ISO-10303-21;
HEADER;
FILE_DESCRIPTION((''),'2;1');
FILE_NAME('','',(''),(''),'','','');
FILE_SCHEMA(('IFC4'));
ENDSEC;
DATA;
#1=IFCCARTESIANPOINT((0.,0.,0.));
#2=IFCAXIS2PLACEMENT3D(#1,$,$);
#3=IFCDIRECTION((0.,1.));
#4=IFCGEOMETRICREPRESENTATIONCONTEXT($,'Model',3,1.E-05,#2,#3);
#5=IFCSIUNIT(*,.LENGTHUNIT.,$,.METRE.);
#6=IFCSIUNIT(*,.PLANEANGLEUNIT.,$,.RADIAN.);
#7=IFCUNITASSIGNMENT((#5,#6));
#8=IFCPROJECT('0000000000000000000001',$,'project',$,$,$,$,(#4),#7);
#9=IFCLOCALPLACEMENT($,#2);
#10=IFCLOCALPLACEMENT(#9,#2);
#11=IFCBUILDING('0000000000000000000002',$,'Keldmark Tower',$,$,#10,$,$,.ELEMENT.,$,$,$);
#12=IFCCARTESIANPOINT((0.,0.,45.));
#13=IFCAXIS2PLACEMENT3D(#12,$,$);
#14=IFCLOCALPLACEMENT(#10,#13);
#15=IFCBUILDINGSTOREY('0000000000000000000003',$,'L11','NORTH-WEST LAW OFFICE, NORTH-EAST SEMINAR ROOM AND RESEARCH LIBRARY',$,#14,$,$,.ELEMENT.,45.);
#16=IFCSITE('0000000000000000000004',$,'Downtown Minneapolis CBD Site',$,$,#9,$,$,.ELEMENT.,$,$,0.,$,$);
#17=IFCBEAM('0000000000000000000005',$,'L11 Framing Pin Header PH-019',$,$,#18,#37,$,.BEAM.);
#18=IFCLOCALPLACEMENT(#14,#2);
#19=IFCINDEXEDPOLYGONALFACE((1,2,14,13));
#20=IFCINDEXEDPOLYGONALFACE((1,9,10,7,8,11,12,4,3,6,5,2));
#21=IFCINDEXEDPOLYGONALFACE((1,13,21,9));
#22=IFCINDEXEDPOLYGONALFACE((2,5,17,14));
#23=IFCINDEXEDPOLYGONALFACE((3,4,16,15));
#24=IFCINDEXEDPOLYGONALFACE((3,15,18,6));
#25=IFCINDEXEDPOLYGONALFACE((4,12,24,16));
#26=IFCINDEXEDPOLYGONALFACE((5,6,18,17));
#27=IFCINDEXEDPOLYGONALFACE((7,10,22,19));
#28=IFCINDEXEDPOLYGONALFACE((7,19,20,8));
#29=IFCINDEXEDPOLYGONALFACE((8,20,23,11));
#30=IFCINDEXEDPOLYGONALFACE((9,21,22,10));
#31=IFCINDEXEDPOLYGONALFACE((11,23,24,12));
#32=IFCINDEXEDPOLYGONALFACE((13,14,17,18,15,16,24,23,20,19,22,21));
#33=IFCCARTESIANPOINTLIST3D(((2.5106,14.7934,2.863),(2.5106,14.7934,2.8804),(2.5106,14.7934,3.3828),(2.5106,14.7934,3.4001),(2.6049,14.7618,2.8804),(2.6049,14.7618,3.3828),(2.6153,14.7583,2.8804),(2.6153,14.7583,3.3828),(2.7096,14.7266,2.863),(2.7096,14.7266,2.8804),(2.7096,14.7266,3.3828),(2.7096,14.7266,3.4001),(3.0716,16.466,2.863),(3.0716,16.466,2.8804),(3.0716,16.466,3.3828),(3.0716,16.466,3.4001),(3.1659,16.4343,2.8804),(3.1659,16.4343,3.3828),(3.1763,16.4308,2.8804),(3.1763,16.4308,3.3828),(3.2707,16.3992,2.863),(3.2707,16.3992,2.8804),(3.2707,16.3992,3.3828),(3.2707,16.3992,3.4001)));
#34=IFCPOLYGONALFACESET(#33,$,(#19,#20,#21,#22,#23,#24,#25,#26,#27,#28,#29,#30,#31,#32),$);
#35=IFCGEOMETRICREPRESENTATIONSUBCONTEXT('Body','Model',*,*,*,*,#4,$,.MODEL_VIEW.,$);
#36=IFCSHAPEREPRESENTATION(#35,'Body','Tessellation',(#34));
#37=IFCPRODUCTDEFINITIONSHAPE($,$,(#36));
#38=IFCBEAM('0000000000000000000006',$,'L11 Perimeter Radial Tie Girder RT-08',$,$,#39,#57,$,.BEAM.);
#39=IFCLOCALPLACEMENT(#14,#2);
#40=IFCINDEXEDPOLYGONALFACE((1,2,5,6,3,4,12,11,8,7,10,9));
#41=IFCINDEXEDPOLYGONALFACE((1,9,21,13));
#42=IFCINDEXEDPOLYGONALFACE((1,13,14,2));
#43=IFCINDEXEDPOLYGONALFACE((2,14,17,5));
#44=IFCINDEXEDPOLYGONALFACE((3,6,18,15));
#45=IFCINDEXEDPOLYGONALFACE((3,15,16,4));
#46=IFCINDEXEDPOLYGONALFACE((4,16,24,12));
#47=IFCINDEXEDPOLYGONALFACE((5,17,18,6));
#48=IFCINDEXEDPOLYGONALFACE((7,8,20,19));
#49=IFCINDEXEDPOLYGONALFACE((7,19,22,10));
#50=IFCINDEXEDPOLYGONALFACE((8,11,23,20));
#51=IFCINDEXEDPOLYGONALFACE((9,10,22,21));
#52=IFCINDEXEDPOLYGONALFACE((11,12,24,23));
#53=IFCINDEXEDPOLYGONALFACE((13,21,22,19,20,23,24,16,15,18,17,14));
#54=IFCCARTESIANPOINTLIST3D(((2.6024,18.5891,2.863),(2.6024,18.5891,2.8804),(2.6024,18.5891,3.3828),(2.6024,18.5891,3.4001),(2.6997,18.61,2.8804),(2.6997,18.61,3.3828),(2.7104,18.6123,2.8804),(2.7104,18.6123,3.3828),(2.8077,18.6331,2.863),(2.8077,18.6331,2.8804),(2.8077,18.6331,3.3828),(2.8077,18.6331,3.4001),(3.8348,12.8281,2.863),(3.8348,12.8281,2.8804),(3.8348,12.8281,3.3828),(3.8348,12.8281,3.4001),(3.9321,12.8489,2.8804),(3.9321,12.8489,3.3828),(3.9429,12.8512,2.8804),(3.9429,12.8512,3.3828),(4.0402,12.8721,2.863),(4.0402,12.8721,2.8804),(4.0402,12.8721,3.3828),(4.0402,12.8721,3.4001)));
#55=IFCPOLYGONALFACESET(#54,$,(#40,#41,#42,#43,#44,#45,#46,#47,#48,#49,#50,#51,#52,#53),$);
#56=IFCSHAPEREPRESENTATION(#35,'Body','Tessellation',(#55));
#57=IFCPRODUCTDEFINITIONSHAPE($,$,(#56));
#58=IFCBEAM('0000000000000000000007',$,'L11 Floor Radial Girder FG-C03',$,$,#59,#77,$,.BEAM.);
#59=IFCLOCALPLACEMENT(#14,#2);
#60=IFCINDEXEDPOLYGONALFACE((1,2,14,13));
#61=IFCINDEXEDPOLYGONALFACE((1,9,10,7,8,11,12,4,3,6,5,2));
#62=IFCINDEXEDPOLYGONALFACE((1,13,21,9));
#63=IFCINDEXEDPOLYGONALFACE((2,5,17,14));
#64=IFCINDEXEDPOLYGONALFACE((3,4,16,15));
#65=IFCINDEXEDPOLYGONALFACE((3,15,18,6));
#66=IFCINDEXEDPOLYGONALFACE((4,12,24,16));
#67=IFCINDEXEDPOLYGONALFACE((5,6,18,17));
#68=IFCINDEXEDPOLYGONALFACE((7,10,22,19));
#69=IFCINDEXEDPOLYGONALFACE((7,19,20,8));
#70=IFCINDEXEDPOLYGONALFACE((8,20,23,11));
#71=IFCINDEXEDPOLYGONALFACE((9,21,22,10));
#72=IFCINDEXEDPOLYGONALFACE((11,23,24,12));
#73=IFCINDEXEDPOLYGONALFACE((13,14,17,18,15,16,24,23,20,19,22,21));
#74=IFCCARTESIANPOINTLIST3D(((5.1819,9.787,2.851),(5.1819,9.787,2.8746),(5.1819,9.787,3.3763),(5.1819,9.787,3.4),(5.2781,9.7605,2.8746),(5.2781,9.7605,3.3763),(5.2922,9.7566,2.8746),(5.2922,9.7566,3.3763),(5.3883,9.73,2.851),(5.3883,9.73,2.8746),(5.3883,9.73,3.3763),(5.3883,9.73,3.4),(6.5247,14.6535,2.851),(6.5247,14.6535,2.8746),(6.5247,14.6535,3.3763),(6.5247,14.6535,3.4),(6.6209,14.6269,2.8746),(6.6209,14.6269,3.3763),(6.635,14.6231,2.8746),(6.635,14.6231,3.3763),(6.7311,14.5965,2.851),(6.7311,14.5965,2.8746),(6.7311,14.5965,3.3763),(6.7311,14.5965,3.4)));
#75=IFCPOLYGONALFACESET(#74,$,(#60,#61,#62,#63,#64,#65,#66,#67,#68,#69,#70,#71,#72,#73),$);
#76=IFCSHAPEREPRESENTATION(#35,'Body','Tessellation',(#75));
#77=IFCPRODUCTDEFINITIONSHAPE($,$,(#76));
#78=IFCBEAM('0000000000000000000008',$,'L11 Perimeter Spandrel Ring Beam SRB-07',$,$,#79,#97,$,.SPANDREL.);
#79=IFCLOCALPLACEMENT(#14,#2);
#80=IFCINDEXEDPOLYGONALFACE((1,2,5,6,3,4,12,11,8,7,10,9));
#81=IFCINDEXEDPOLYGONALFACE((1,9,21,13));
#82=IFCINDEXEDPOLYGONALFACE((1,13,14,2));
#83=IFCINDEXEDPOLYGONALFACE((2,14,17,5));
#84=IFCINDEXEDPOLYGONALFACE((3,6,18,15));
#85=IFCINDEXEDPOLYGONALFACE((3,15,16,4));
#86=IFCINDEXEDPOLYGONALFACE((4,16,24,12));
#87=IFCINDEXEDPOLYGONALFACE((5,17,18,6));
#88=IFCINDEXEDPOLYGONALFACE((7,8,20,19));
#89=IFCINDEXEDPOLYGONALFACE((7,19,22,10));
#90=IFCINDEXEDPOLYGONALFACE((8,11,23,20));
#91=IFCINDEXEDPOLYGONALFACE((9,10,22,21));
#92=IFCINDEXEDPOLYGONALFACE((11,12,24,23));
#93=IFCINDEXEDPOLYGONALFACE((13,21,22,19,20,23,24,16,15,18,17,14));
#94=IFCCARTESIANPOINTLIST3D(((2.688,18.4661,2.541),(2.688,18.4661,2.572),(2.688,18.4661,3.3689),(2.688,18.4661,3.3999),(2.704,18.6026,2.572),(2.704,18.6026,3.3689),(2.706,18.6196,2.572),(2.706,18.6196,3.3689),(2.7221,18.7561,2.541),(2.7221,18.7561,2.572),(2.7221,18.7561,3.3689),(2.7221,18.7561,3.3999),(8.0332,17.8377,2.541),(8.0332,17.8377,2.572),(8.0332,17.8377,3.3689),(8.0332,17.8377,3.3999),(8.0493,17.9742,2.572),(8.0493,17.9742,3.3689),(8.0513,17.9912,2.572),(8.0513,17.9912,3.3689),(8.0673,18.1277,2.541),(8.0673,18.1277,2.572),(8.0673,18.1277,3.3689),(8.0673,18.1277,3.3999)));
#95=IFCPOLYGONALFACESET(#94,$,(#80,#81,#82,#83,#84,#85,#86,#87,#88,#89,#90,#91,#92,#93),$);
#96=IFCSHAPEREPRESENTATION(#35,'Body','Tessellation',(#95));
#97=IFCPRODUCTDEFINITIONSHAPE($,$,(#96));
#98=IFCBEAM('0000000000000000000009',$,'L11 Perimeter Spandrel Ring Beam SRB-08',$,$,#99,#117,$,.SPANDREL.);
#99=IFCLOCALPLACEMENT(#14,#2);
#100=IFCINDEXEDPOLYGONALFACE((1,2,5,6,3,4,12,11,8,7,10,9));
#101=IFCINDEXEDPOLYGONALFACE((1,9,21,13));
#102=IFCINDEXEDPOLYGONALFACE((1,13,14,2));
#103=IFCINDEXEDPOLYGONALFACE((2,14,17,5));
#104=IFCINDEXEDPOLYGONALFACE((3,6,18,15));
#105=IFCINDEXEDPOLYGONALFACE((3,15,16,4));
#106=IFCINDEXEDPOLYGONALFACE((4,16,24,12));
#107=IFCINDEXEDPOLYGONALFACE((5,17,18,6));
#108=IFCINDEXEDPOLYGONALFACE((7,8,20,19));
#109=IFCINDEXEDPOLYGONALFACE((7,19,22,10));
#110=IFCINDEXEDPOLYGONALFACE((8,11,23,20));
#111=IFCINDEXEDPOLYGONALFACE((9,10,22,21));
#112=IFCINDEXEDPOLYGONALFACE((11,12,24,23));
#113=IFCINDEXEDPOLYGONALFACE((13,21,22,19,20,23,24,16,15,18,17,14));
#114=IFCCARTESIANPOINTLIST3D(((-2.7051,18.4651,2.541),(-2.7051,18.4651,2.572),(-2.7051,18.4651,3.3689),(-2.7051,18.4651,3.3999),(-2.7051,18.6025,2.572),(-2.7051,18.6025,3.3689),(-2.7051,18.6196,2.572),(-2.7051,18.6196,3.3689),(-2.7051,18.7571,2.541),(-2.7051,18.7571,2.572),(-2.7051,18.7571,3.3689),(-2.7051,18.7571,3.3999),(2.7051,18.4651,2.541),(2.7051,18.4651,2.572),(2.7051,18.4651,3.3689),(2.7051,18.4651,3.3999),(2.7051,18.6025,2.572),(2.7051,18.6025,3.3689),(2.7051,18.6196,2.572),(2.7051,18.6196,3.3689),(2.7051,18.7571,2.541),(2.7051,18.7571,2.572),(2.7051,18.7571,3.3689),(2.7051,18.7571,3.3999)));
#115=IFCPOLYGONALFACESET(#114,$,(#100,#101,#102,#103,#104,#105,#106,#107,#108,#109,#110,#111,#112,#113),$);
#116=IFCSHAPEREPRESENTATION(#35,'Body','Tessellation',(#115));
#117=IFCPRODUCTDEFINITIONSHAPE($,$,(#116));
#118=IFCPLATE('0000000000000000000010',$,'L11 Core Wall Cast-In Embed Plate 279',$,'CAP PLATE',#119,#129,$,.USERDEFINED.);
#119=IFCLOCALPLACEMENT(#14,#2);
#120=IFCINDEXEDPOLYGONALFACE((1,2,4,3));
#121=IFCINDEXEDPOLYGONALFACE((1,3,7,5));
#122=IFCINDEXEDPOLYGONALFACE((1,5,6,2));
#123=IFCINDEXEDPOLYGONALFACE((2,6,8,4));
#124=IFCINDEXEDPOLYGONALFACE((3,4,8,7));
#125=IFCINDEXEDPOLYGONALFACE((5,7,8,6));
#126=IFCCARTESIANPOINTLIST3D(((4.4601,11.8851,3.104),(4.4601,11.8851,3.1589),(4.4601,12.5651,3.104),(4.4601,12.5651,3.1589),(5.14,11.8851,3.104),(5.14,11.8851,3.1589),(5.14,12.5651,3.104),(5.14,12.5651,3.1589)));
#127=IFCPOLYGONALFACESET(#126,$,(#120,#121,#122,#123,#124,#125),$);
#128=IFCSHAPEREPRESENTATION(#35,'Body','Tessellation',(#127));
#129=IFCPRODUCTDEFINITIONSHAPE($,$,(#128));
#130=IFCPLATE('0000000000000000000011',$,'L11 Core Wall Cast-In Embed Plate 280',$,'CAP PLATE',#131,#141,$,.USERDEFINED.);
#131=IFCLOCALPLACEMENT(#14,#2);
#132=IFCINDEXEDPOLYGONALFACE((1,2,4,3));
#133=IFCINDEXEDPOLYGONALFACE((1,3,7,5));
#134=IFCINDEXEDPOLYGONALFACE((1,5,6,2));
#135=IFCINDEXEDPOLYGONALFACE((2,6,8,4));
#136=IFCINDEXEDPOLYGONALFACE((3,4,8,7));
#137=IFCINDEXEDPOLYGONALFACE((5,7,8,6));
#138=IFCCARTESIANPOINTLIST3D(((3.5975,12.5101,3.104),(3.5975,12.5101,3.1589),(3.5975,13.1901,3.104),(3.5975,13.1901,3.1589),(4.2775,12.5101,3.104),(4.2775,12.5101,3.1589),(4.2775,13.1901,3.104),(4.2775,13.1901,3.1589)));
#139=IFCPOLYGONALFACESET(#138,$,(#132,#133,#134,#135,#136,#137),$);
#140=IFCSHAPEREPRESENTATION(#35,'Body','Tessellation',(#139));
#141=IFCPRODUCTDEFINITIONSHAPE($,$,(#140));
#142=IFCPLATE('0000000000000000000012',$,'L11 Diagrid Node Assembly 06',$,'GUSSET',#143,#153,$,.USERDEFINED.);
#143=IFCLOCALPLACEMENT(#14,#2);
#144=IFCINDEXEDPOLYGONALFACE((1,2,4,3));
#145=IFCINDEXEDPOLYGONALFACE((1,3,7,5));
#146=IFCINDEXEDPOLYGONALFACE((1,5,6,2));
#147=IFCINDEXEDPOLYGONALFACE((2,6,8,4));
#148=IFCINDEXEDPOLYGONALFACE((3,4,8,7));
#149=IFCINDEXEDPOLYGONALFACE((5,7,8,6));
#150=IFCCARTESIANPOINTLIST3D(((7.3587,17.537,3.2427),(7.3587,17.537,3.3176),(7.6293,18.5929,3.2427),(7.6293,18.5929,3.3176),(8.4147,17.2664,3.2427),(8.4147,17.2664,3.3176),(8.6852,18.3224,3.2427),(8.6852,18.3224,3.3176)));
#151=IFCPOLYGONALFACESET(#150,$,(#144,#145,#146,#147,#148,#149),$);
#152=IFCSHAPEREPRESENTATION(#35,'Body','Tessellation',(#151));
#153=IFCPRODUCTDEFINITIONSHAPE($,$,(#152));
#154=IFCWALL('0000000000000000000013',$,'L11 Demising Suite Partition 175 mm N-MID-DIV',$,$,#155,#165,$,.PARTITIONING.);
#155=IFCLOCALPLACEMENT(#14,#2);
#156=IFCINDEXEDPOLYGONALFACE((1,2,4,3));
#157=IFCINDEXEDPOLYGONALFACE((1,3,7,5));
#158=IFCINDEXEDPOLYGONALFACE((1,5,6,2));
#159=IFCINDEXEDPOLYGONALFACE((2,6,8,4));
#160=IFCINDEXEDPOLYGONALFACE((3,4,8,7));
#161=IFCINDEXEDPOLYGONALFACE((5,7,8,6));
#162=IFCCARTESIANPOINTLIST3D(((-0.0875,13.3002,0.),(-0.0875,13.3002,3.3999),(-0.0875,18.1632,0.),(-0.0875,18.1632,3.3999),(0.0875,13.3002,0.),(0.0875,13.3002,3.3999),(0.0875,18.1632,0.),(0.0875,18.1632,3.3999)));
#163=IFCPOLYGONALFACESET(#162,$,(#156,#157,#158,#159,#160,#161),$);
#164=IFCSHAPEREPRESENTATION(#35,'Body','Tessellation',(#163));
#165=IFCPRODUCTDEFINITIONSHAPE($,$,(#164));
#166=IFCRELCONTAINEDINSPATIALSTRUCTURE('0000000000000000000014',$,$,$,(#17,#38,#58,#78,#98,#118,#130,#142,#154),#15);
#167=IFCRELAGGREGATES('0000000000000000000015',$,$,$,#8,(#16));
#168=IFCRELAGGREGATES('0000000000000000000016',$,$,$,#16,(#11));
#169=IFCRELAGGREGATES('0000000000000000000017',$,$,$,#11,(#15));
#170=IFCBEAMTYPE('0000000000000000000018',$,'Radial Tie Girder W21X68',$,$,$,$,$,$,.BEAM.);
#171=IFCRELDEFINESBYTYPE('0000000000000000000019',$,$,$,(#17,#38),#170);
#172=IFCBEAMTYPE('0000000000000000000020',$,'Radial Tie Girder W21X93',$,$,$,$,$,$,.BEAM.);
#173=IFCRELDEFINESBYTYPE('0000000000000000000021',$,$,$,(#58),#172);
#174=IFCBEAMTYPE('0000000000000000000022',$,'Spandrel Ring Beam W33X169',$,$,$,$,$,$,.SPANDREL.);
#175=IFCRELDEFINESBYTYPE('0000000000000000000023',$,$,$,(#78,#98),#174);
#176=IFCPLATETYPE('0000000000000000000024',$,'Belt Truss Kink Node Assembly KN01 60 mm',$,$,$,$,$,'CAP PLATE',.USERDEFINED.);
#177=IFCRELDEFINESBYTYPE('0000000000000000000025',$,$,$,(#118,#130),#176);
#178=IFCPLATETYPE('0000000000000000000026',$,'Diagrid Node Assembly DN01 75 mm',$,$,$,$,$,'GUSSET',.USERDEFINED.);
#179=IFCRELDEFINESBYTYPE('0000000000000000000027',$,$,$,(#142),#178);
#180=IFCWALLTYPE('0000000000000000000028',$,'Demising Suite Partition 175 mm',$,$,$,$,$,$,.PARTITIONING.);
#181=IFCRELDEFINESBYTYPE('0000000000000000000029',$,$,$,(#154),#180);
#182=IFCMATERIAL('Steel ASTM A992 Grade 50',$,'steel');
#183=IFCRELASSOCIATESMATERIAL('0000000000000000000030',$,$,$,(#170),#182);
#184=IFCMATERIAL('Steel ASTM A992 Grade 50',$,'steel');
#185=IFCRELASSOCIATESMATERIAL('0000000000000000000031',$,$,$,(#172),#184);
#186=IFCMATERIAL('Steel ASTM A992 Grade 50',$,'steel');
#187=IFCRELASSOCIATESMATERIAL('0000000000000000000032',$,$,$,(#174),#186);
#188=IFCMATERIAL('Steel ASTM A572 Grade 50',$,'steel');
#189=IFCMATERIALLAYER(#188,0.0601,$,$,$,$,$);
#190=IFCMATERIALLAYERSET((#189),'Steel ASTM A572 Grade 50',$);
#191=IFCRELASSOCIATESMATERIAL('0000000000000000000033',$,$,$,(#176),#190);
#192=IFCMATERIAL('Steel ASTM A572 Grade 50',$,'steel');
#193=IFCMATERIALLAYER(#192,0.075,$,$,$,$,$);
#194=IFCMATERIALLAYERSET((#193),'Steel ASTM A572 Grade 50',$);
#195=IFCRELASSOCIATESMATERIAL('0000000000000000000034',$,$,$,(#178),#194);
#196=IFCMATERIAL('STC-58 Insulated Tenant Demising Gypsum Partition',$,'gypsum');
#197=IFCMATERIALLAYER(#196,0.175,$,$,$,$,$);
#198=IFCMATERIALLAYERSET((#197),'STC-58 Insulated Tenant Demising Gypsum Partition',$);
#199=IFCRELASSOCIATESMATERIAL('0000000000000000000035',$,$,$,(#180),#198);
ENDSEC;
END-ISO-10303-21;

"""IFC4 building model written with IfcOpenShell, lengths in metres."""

from ifc_helpers import new_model, si_unit, direction, frame, frame_2d, origin, origin_2d, place, context, subcontext, project, spatial, rectangle, i_section, extrude, material, layer, layer_set, material_profile, profile_set, type_object, element, save


model = new_model("IFC4")

# Units and contexts
model_context = context("Model", 3, precision=1e-05, world=origin(), true_north=direction((0.0, 1.0)))
body_context = subcontext(model_context, "Body", "Model", "MODEL_VIEW")
ifc_project = project(units=[si_unit("LENGTHUNIT", "METRE"), si_unit("PLANEANGLEUNIT", "RADIAN")], contexts=[model_context])

# Site, building, storey
site_placement = place(None, origin())
site = spatial("IfcSite", under=ifc_project, at=site_placement, Name="Downtown Minneapolis CBD Site", CompositionType="ELEMENT", RefElevation=0.0)
building_placement = place(site_placement, origin())
building = spatial("IfcBuilding", under=site, at=building_placement, Name="Keldmark Tower", CompositionType="ELEMENT")
storey_placement = place(building_placement, frame((0.0, 0.0, 45.0)))
storey = spatial("IfcBuildingStorey", under=building, at=storey_placement, Name="L11", Description="NORTH-WEST LAW OFFICE, NORTH-EAST SEMINAR ROOM AND RESEARCH LIBRARY", CompositionType="ELEMENT", Elevation=45.0)

# Beams
ifc_material_1 = material(Name="Steel ASTM A992 Grade 50", Category="steel")
ifc_material_profile_1 = material_profile(ifc_material_1, i_section(OverallWidth=0.21, OverallDepth=0.5371, WebThickness=0.011, FlangeThickness=0.0173, at=origin_2d()), Name="W21X68")
ifc_profile_set_1 = profile_set([ifc_material_profile_1], Name="Steel ASTM A992 Grade 50")
beam_type_1 = type_object("IfcBeamType", Name="Radial Tie Girder W21X68", PredefinedType="BEAM", material=ifc_profile_set_1)
beam_1_placement = place(storey_placement, frame((2.6101, 14.76, 3.1316), z_axis=(0.318012, 0.948087, 0.0), x_axis=(-0.948087, 0.318012, 0.0)))
element("IfcBeam", 1, at=beam_1_placement, inside=storey, type_object=beam_type_1, Name="L11 Framing Pin Header PH-019", PredefinedType="BEAM", context=body_context, shape_type="SweptSolid", body=[
    extrude(i_section(OverallWidth=0.21, OverallDepth=0.5371, WebThickness=0.011, FlangeThickness=0.0173, at=origin_2d()), origin(), (0.0, 0.0, 1.0), 1.7642),
])
beam_2_placement = place(storey_placement, frame((3.9375, 12.8501, 3.1316), z_axis=(-0.209192, 0.977875, 0.0), x_axis=(-0.977875, -0.209192, 0.0)))
element("IfcBeam", 2, at=beam_2_placement, inside=storey, type_object=beam_type_1, Name="L11 Perimeter Radial Tie Girder RT-08", PredefinedType="BEAM", context=body_context, shape_type="SweptSolid", body=[
    extrude(i_section(OverallWidth=0.21, OverallDepth=0.5371, WebThickness=0.011, FlangeThickness=0.0173, at=origin_2d()), origin(), (0.0, 0.0, 1.0), 5.8914),
])
ifc_material_2 = material(Name="Steel ASTM A992 Grade 50", Category="steel")
ifc_material_profile_2 = material_profile(ifc_material_2, i_section(OverallWidth=0.2141, OverallDepth=0.5491, WebThickness=0.0146, FlangeThickness=0.0237, at=origin_2d()), Name="W21X93")
ifc_profile_set_2 = profile_set([ifc_material_profile_2], Name="Steel ASTM A992 Grade 50")
beam_type_2 = type_object("IfcBeamType", Name="Radial Tie Girder W21X93", PredefinedType="BEAM", material=ifc_profile_set_2)
beam_3_placement = place(storey_placement, frame((6.6279, 14.625, 3.1255), z_axis=(-0.265985, -0.963977, 0.0), x_axis=(0.963977, -0.265985, 0.0)))
element("IfcBeam", 3, at=beam_3_placement, inside=storey, type_object=beam_type_2, Name="L11 Floor Radial Girder FG-C03", PredefinedType="BEAM", context=body_context, shape_type="SweptSolid", body=[
    extrude(i_section(OverallWidth=0.2141, OverallDepth=0.5491, WebThickness=0.0146, FlangeThickness=0.0237, at=origin_2d()), origin(), (0.0, 0.0, 1.0), 5.0483),
])
ifc_material_3 = material(Name="Steel ASTM A992 Grade 50", Category="steel")
ifc_material_profile_3 = material_profile(ifc_material_3, i_section(OverallWidth=0.292, OverallDepth=0.8589, WebThickness=0.0171, FlangeThickness=0.031, at=origin_2d()), Name="W33X169")
ifc_profile_set_3 = profile_set([ifc_material_profile_3], Name="Steel ASTM A992 Grade 50")
beam_type_3 = type_object("IfcBeamType", Name="Spandrel Ring Beam W33X169", PredefinedType="SPANDREL", material=ifc_profile_set_3)
beam_4_placement = place(storey_placement, frame((8.0503, 17.9827, 2.9705), z_axis=(-0.99316, 0.116762, 0.0), x_axis=(-0.116762, -0.99316, 0.0)))
element("IfcBeam", 4, at=beam_4_placement, inside=storey, type_object=beam_type_3, Name="L11 Perimeter Spandrel Ring Beam SRB-07", PredefinedType="SPANDREL", context=body_context, shape_type="SweptSolid", body=[
    extrude(i_section(OverallWidth=0.292, OverallDepth=0.8589, WebThickness=0.0171, FlangeThickness=0.031, at=origin_2d()), origin(), (0.0, 0.0, 1.0), 5.3821),
])
beam_5_placement = place(storey_placement, frame((2.7051, 18.6111, 2.9705), z_axis=(-1.0, 0.0, 0.0), x_axis=(0.0, -1.0, 0.0)))
element("IfcBeam", 5, at=beam_5_placement, inside=storey, type_object=beam_type_3, Name="L11 Perimeter Spandrel Ring Beam SRB-08", PredefinedType="SPANDREL", context=body_context, shape_type="SweptSolid", body=[
    extrude(i_section(OverallWidth=0.292, OverallDepth=0.8589, WebThickness=0.0171, FlangeThickness=0.031, at=origin_2d()), origin(), (0.0, 0.0, 1.0), 5.4102),
])

# Plates
ifc_material_4 = material(Name="Steel ASTM A572 Grade 50", Category="steel")
ifc_layer_1 = layer(ifc_material_4, 0.0601)
ifc_layer_set_1 = layer_set([ifc_layer_1], Name="Steel ASTM A572 Grade 50")
plate_type_1 = type_object("IfcPlateType", Name="Belt Truss Kink Node Assembly KN01 60 mm", ElementType="CAP PLATE", PredefinedType="USERDEFINED", material=ifc_layer_set_1)
for number, where, z_axis, x_axis, name in (
    (6, (4.8, 12.2251, 3.104), (0.0, 0.0, 1.0), (1.0, 0.0, 0.0), "L11 Core Wall Cast-In Embed Plate 279"),
    (7, (3.9375, 12.8501, 3.104), (0.0, 0.0, 1.0), (1.0, 0.0, 0.0), "L11 Core Wall Cast-In Embed Plate 280"),
):
    element("IfcPlate", number, at=place(storey_placement, frame(where, z_axis=z_axis, x_axis=x_axis)), inside=storey, type_object=plate_type_1, Name=name, ObjectType="CAP PLATE", PredefinedType="USERDEFINED", context=body_context, shape_type="SweptSolid", body=[
        extrude(rectangle(XDim=0.6799, YDim=0.6799, at=origin_2d()), origin(), (0.0, 0.0, 1.0), 0.0549),
    ])
ifc_material_5 = material(Name="Steel ASTM A572 Grade 50", Category="steel")
ifc_layer_2 = layer(ifc_material_5, 0.075)
ifc_layer_set_2 = layer_set([ifc_layer_2], Name="Steel ASTM A572 Grade 50")
plate_type_2 = type_object("IfcPlateType", Name="Diagrid Node Assembly DN01 75 mm", ElementType="GUSSET", PredefinedType="USERDEFINED", material=ifc_layer_set_2)
plate_placement = place(storey_placement, frame((8.022, 17.9297, 3.2427), z_axis=(0.0, 0.0, 1.0), x_axis=(-0.968713, 0.248183, 0.0)))
element("IfcPlate", 8, at=plate_placement, inside=storey, type_object=plate_type_2, Name="L11 Diagrid Node Assembly 06", ObjectType="GUSSET", PredefinedType="USERDEFINED", context=body_context, shape_type="SweptSolid", body=[
    extrude(rectangle(XDim=1.0901, YDim=1.0901, at=origin_2d()), origin(), (0.0, 0.0, 1.0), 0.075),
])

# Wall
ifc_material_6 = material(Name="STC-58 Insulated Tenant Demising Gypsum Partition", Category="gypsum")
ifc_layer_3 = layer(ifc_material_6, 0.175)
ifc_layer_set_3 = layer_set([ifc_layer_3], Name="STC-58 Insulated Tenant Demising Gypsum Partition")
wall_type_1 = type_object("IfcWallType", Name="Demising Suite Partition 175 mm", PredefinedType="PARTITIONING", material=ifc_layer_set_3)
wall_1_placement = place(storey_placement, frame((0.0, 13.3, 0.0), z_axis=(0.0, 0.0, 1.0), x_axis=(0.0, 1.0, 0.0)))
element("IfcWall", 9, at=wall_1_placement, inside=storey, type_object=wall_type_1, Name="L11 Demising Suite Partition 175 mm N-MID-DIV", PredefinedType="PARTITIONING", context=body_context, shape_type="SweptSolid", body=[
    extrude(rectangle(XDim=4.863, YDim=0.175, at=frame_2d((2.4316, 0.0))), origin(), (0.0, 0.0, 1.0), 3.3999),
])

save(model, "model.ifc")
